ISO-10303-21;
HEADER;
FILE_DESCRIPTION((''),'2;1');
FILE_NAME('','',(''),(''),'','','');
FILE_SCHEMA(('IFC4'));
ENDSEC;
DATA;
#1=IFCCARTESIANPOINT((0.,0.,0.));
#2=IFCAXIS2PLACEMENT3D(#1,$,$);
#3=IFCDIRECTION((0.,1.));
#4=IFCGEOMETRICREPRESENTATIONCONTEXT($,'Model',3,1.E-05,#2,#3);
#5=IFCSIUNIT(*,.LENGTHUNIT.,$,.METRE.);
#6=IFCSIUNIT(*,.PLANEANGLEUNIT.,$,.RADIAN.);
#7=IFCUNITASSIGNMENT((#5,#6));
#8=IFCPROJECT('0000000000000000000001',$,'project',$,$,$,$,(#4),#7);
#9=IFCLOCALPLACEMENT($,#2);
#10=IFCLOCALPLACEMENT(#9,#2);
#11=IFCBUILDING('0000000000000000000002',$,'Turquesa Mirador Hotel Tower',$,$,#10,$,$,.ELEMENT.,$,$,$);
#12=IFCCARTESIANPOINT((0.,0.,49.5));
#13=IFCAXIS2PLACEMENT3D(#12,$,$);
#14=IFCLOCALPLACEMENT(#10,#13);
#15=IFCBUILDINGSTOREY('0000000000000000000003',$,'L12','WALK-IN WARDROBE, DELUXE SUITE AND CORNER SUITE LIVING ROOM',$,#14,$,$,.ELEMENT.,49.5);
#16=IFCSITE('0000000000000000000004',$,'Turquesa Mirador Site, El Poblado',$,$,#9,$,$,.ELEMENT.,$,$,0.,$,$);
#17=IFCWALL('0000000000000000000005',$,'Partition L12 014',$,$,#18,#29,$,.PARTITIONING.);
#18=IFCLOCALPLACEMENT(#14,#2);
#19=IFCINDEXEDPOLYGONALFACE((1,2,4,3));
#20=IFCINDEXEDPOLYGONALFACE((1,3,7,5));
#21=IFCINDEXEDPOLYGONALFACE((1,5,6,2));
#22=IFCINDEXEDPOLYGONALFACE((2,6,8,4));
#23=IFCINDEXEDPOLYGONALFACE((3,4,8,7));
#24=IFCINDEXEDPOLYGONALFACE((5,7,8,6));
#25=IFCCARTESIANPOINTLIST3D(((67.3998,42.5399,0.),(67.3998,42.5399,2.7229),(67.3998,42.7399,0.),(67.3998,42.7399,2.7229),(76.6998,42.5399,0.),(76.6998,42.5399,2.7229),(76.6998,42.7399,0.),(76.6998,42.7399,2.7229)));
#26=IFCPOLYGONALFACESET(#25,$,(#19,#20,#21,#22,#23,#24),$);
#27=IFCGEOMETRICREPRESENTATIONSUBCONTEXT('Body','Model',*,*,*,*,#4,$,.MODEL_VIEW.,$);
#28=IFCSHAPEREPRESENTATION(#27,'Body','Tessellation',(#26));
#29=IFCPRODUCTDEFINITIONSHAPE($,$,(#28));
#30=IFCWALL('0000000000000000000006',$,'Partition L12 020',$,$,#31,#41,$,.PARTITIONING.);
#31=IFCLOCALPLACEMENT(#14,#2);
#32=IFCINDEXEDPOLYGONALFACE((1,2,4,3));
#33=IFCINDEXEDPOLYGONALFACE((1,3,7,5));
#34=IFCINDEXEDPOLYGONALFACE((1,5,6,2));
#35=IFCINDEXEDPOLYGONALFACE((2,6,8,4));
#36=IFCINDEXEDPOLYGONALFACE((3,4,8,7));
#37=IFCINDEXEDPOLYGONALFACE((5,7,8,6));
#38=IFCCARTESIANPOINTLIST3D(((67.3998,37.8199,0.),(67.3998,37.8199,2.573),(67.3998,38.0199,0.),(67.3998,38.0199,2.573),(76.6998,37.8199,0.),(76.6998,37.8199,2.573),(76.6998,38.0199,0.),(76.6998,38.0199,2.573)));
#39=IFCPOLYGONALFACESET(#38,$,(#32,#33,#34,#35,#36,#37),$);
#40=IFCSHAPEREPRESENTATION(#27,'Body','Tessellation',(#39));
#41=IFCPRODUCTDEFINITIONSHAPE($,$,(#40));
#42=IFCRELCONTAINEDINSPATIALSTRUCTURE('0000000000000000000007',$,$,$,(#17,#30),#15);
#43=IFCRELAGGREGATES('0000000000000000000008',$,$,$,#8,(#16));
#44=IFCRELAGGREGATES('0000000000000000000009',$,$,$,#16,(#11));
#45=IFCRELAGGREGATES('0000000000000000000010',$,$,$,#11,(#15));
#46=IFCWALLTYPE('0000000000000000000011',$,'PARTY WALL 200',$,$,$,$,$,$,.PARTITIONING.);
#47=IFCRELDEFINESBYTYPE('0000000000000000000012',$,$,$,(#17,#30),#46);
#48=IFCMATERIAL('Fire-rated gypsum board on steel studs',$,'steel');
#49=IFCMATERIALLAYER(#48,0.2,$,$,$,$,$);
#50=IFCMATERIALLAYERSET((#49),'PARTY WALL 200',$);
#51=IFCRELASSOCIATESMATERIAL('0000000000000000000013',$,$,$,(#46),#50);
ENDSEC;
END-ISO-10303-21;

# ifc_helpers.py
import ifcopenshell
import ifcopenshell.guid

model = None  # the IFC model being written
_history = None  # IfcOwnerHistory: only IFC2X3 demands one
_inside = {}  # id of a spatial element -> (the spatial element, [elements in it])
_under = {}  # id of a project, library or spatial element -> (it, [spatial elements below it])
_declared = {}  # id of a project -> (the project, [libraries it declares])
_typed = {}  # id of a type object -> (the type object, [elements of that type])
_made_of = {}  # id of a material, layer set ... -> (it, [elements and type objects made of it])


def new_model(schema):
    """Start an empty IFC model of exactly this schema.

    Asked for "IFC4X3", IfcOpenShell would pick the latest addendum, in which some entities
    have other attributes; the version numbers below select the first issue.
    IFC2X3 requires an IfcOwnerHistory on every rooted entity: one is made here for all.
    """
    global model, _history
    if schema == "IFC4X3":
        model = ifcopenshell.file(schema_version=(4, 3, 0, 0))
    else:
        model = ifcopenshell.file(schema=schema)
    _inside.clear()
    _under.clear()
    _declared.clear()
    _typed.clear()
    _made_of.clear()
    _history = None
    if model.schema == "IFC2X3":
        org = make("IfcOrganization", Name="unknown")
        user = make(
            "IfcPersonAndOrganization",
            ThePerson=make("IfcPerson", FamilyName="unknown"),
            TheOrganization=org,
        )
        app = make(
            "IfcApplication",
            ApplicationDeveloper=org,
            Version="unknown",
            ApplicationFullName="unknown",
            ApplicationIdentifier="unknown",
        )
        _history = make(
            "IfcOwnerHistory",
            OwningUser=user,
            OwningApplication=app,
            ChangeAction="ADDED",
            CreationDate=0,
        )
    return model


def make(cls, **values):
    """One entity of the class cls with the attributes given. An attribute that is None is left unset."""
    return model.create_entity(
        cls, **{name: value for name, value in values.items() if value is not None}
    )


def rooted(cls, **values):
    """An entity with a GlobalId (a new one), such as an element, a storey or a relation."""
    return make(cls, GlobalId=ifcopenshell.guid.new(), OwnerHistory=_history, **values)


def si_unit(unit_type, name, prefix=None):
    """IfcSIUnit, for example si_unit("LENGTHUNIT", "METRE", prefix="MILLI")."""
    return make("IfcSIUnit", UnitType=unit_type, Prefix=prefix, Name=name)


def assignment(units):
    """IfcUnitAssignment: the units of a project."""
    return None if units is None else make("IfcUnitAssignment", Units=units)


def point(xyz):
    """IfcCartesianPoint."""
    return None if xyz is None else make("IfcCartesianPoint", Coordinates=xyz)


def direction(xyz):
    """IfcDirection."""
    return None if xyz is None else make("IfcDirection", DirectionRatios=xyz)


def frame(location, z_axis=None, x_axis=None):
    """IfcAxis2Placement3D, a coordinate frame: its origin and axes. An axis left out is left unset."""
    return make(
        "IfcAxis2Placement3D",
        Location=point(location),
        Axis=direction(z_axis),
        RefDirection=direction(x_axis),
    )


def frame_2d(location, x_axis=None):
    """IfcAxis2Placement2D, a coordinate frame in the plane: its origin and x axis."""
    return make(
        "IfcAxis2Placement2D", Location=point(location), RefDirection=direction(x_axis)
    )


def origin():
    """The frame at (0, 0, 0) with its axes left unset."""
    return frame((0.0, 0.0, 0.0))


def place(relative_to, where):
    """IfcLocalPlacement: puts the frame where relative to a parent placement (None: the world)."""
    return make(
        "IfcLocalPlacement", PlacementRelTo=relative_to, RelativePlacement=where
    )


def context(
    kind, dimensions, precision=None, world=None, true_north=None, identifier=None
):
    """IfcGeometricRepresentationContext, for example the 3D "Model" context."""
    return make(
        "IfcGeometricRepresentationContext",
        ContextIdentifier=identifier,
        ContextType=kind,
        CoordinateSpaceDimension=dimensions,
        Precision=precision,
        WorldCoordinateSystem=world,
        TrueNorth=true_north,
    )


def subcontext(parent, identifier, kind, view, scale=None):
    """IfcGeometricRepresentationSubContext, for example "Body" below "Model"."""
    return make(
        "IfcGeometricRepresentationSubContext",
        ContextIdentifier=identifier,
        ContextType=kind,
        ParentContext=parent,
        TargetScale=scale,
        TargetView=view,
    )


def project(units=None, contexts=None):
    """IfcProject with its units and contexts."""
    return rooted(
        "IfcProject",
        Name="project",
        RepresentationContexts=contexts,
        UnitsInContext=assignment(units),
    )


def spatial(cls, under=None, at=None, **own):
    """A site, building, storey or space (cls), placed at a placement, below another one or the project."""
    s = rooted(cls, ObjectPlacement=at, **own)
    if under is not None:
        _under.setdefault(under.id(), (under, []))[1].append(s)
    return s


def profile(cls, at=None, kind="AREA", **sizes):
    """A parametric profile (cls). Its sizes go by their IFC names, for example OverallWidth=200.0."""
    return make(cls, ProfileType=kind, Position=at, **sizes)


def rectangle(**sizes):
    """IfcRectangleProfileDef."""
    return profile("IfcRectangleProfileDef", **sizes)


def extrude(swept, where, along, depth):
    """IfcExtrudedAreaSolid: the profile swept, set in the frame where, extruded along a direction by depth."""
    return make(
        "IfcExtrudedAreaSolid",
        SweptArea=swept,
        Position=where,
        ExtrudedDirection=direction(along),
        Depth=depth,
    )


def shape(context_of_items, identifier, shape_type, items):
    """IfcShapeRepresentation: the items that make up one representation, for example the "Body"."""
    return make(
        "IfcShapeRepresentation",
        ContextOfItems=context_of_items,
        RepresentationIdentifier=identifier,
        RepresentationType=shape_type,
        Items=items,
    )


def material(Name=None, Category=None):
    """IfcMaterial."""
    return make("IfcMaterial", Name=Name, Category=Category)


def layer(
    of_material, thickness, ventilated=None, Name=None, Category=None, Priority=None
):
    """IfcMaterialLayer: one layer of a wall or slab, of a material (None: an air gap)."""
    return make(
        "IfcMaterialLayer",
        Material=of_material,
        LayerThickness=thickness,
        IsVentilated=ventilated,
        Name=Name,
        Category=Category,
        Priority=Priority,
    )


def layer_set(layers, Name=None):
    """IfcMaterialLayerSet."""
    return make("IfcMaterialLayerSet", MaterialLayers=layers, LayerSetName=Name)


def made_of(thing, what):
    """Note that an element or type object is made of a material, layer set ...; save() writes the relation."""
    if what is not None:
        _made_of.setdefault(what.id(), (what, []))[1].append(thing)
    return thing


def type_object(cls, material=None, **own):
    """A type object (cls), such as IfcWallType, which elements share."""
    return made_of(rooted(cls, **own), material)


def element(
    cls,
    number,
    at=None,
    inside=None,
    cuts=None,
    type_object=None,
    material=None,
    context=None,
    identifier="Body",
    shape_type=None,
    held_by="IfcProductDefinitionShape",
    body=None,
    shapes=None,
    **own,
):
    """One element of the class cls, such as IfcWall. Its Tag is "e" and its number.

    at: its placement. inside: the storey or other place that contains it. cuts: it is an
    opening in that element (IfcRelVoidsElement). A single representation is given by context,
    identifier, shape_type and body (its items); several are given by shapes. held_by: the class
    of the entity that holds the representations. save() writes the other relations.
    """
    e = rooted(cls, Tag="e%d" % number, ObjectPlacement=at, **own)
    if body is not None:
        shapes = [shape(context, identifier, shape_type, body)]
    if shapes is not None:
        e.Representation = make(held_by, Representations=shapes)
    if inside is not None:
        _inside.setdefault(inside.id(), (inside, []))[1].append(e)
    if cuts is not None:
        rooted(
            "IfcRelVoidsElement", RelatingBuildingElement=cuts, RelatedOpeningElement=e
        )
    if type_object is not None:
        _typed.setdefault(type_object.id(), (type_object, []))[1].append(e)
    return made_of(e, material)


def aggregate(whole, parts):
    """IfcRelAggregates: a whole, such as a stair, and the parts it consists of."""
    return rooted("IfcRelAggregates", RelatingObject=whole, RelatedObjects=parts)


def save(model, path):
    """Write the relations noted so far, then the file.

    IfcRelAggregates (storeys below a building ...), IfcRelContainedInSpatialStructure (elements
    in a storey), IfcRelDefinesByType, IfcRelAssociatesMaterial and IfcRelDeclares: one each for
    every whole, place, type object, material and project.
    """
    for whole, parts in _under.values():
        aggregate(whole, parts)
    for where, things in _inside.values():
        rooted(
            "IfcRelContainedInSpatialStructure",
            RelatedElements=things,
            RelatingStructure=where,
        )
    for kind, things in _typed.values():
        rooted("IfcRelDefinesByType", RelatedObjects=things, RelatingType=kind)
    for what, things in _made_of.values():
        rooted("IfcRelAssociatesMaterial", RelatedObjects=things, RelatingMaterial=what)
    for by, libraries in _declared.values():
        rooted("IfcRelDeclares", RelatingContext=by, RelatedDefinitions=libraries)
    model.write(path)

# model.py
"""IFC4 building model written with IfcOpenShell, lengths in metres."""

from ifc_helpers import new_model, si_unit, direction, frame, frame_2d, origin, place, context, subcontext, project, spatial, rectangle, extrude, material, layer, layer_set, type_object, element, save


model = new_model("IFC4")

# Units and contexts
model_context = context("Model", 3, precision=1e-05, world=origin(), true_north=direction((0.0, 1.0)))
body_context = subcontext(model_context, "Body", "Model", "MODEL_VIEW")
ifc_project = project(units=[si_unit("LENGTHUNIT", "METRE"), si_unit("PLANEANGLEUNIT", "RADIAN")], contexts=[model_context])

# Site, building, storey
site_placement = place(None, origin())
site = spatial("IfcSite", under=ifc_project, at=site_placement, Name="Turquesa Mirador Site, El Poblado", CompositionType="ELEMENT", RefElevation=0.0)
building_placement = place(site_placement, origin())
building = spatial("IfcBuilding", under=site, at=building_placement, Name="Turquesa Mirador Hotel Tower", CompositionType="ELEMENT")
storey_placement = place(building_placement, frame((0.0, 0.0, 49.5)))
storey = spatial("IfcBuildingStorey", under=building, at=storey_placement, Name="L12", Description="WALK-IN WARDROBE, DELUXE SUITE AND CORNER SUITE LIVING ROOM", CompositionType="ELEMENT", Elevation=49.5)

# Walls
ifc_material_1 = material(Name="Fire-rated gypsum board on steel studs", Category="steel")
ifc_layer_1 = layer(ifc_material_1, 0.2)
ifc_layer_set_1 = layer_set([ifc_layer_1], Name="PARTY WALL 200")
wall_type_1 = type_object("IfcWallType", Name="PARTY WALL 200", PredefinedType="PARTITIONING", material=ifc_layer_set_1)
wall_1_placement = place(storey_placement, frame((67.3999, 42.6399, 0.0), z_axis=(0.0, 0.0, 1.0), x_axis=(1.0, 0.0, 0.0)))
element("IfcWall", 1, at=wall_1_placement, inside=storey, type_object=wall_type_1, Name="Partition L12 014", PredefinedType="PARTITIONING", context=body_context, shape_type="SweptSolid", body=[
    extrude(rectangle(XDim=9.3, YDim=0.2, at=frame_2d((4.6499, 0.0))), origin(), (0.0, 0.0, 1.0), 2.7229),
])
wall_2_placement = place(storey_placement, frame((67.3999, 37.9199, 0.0), z_axis=(0.0, 0.0, 1.0), x_axis=(1.0, 0.0, 0.0)))
element("IfcWall", 2, at=wall_2_placement, inside=storey, type_object=wall_type_1, Name="Partition L12 020", PredefinedType="PARTITIONING", context=body_context, shape_type="SweptSolid", body=[
    extrude(rectangle(XDim=9.3, YDim=0.2, at=frame_2d((4.6499, 0.0))), origin(), (0.0, 0.0, 1.0), 2.573),
])

save(model, "model.ifc")
